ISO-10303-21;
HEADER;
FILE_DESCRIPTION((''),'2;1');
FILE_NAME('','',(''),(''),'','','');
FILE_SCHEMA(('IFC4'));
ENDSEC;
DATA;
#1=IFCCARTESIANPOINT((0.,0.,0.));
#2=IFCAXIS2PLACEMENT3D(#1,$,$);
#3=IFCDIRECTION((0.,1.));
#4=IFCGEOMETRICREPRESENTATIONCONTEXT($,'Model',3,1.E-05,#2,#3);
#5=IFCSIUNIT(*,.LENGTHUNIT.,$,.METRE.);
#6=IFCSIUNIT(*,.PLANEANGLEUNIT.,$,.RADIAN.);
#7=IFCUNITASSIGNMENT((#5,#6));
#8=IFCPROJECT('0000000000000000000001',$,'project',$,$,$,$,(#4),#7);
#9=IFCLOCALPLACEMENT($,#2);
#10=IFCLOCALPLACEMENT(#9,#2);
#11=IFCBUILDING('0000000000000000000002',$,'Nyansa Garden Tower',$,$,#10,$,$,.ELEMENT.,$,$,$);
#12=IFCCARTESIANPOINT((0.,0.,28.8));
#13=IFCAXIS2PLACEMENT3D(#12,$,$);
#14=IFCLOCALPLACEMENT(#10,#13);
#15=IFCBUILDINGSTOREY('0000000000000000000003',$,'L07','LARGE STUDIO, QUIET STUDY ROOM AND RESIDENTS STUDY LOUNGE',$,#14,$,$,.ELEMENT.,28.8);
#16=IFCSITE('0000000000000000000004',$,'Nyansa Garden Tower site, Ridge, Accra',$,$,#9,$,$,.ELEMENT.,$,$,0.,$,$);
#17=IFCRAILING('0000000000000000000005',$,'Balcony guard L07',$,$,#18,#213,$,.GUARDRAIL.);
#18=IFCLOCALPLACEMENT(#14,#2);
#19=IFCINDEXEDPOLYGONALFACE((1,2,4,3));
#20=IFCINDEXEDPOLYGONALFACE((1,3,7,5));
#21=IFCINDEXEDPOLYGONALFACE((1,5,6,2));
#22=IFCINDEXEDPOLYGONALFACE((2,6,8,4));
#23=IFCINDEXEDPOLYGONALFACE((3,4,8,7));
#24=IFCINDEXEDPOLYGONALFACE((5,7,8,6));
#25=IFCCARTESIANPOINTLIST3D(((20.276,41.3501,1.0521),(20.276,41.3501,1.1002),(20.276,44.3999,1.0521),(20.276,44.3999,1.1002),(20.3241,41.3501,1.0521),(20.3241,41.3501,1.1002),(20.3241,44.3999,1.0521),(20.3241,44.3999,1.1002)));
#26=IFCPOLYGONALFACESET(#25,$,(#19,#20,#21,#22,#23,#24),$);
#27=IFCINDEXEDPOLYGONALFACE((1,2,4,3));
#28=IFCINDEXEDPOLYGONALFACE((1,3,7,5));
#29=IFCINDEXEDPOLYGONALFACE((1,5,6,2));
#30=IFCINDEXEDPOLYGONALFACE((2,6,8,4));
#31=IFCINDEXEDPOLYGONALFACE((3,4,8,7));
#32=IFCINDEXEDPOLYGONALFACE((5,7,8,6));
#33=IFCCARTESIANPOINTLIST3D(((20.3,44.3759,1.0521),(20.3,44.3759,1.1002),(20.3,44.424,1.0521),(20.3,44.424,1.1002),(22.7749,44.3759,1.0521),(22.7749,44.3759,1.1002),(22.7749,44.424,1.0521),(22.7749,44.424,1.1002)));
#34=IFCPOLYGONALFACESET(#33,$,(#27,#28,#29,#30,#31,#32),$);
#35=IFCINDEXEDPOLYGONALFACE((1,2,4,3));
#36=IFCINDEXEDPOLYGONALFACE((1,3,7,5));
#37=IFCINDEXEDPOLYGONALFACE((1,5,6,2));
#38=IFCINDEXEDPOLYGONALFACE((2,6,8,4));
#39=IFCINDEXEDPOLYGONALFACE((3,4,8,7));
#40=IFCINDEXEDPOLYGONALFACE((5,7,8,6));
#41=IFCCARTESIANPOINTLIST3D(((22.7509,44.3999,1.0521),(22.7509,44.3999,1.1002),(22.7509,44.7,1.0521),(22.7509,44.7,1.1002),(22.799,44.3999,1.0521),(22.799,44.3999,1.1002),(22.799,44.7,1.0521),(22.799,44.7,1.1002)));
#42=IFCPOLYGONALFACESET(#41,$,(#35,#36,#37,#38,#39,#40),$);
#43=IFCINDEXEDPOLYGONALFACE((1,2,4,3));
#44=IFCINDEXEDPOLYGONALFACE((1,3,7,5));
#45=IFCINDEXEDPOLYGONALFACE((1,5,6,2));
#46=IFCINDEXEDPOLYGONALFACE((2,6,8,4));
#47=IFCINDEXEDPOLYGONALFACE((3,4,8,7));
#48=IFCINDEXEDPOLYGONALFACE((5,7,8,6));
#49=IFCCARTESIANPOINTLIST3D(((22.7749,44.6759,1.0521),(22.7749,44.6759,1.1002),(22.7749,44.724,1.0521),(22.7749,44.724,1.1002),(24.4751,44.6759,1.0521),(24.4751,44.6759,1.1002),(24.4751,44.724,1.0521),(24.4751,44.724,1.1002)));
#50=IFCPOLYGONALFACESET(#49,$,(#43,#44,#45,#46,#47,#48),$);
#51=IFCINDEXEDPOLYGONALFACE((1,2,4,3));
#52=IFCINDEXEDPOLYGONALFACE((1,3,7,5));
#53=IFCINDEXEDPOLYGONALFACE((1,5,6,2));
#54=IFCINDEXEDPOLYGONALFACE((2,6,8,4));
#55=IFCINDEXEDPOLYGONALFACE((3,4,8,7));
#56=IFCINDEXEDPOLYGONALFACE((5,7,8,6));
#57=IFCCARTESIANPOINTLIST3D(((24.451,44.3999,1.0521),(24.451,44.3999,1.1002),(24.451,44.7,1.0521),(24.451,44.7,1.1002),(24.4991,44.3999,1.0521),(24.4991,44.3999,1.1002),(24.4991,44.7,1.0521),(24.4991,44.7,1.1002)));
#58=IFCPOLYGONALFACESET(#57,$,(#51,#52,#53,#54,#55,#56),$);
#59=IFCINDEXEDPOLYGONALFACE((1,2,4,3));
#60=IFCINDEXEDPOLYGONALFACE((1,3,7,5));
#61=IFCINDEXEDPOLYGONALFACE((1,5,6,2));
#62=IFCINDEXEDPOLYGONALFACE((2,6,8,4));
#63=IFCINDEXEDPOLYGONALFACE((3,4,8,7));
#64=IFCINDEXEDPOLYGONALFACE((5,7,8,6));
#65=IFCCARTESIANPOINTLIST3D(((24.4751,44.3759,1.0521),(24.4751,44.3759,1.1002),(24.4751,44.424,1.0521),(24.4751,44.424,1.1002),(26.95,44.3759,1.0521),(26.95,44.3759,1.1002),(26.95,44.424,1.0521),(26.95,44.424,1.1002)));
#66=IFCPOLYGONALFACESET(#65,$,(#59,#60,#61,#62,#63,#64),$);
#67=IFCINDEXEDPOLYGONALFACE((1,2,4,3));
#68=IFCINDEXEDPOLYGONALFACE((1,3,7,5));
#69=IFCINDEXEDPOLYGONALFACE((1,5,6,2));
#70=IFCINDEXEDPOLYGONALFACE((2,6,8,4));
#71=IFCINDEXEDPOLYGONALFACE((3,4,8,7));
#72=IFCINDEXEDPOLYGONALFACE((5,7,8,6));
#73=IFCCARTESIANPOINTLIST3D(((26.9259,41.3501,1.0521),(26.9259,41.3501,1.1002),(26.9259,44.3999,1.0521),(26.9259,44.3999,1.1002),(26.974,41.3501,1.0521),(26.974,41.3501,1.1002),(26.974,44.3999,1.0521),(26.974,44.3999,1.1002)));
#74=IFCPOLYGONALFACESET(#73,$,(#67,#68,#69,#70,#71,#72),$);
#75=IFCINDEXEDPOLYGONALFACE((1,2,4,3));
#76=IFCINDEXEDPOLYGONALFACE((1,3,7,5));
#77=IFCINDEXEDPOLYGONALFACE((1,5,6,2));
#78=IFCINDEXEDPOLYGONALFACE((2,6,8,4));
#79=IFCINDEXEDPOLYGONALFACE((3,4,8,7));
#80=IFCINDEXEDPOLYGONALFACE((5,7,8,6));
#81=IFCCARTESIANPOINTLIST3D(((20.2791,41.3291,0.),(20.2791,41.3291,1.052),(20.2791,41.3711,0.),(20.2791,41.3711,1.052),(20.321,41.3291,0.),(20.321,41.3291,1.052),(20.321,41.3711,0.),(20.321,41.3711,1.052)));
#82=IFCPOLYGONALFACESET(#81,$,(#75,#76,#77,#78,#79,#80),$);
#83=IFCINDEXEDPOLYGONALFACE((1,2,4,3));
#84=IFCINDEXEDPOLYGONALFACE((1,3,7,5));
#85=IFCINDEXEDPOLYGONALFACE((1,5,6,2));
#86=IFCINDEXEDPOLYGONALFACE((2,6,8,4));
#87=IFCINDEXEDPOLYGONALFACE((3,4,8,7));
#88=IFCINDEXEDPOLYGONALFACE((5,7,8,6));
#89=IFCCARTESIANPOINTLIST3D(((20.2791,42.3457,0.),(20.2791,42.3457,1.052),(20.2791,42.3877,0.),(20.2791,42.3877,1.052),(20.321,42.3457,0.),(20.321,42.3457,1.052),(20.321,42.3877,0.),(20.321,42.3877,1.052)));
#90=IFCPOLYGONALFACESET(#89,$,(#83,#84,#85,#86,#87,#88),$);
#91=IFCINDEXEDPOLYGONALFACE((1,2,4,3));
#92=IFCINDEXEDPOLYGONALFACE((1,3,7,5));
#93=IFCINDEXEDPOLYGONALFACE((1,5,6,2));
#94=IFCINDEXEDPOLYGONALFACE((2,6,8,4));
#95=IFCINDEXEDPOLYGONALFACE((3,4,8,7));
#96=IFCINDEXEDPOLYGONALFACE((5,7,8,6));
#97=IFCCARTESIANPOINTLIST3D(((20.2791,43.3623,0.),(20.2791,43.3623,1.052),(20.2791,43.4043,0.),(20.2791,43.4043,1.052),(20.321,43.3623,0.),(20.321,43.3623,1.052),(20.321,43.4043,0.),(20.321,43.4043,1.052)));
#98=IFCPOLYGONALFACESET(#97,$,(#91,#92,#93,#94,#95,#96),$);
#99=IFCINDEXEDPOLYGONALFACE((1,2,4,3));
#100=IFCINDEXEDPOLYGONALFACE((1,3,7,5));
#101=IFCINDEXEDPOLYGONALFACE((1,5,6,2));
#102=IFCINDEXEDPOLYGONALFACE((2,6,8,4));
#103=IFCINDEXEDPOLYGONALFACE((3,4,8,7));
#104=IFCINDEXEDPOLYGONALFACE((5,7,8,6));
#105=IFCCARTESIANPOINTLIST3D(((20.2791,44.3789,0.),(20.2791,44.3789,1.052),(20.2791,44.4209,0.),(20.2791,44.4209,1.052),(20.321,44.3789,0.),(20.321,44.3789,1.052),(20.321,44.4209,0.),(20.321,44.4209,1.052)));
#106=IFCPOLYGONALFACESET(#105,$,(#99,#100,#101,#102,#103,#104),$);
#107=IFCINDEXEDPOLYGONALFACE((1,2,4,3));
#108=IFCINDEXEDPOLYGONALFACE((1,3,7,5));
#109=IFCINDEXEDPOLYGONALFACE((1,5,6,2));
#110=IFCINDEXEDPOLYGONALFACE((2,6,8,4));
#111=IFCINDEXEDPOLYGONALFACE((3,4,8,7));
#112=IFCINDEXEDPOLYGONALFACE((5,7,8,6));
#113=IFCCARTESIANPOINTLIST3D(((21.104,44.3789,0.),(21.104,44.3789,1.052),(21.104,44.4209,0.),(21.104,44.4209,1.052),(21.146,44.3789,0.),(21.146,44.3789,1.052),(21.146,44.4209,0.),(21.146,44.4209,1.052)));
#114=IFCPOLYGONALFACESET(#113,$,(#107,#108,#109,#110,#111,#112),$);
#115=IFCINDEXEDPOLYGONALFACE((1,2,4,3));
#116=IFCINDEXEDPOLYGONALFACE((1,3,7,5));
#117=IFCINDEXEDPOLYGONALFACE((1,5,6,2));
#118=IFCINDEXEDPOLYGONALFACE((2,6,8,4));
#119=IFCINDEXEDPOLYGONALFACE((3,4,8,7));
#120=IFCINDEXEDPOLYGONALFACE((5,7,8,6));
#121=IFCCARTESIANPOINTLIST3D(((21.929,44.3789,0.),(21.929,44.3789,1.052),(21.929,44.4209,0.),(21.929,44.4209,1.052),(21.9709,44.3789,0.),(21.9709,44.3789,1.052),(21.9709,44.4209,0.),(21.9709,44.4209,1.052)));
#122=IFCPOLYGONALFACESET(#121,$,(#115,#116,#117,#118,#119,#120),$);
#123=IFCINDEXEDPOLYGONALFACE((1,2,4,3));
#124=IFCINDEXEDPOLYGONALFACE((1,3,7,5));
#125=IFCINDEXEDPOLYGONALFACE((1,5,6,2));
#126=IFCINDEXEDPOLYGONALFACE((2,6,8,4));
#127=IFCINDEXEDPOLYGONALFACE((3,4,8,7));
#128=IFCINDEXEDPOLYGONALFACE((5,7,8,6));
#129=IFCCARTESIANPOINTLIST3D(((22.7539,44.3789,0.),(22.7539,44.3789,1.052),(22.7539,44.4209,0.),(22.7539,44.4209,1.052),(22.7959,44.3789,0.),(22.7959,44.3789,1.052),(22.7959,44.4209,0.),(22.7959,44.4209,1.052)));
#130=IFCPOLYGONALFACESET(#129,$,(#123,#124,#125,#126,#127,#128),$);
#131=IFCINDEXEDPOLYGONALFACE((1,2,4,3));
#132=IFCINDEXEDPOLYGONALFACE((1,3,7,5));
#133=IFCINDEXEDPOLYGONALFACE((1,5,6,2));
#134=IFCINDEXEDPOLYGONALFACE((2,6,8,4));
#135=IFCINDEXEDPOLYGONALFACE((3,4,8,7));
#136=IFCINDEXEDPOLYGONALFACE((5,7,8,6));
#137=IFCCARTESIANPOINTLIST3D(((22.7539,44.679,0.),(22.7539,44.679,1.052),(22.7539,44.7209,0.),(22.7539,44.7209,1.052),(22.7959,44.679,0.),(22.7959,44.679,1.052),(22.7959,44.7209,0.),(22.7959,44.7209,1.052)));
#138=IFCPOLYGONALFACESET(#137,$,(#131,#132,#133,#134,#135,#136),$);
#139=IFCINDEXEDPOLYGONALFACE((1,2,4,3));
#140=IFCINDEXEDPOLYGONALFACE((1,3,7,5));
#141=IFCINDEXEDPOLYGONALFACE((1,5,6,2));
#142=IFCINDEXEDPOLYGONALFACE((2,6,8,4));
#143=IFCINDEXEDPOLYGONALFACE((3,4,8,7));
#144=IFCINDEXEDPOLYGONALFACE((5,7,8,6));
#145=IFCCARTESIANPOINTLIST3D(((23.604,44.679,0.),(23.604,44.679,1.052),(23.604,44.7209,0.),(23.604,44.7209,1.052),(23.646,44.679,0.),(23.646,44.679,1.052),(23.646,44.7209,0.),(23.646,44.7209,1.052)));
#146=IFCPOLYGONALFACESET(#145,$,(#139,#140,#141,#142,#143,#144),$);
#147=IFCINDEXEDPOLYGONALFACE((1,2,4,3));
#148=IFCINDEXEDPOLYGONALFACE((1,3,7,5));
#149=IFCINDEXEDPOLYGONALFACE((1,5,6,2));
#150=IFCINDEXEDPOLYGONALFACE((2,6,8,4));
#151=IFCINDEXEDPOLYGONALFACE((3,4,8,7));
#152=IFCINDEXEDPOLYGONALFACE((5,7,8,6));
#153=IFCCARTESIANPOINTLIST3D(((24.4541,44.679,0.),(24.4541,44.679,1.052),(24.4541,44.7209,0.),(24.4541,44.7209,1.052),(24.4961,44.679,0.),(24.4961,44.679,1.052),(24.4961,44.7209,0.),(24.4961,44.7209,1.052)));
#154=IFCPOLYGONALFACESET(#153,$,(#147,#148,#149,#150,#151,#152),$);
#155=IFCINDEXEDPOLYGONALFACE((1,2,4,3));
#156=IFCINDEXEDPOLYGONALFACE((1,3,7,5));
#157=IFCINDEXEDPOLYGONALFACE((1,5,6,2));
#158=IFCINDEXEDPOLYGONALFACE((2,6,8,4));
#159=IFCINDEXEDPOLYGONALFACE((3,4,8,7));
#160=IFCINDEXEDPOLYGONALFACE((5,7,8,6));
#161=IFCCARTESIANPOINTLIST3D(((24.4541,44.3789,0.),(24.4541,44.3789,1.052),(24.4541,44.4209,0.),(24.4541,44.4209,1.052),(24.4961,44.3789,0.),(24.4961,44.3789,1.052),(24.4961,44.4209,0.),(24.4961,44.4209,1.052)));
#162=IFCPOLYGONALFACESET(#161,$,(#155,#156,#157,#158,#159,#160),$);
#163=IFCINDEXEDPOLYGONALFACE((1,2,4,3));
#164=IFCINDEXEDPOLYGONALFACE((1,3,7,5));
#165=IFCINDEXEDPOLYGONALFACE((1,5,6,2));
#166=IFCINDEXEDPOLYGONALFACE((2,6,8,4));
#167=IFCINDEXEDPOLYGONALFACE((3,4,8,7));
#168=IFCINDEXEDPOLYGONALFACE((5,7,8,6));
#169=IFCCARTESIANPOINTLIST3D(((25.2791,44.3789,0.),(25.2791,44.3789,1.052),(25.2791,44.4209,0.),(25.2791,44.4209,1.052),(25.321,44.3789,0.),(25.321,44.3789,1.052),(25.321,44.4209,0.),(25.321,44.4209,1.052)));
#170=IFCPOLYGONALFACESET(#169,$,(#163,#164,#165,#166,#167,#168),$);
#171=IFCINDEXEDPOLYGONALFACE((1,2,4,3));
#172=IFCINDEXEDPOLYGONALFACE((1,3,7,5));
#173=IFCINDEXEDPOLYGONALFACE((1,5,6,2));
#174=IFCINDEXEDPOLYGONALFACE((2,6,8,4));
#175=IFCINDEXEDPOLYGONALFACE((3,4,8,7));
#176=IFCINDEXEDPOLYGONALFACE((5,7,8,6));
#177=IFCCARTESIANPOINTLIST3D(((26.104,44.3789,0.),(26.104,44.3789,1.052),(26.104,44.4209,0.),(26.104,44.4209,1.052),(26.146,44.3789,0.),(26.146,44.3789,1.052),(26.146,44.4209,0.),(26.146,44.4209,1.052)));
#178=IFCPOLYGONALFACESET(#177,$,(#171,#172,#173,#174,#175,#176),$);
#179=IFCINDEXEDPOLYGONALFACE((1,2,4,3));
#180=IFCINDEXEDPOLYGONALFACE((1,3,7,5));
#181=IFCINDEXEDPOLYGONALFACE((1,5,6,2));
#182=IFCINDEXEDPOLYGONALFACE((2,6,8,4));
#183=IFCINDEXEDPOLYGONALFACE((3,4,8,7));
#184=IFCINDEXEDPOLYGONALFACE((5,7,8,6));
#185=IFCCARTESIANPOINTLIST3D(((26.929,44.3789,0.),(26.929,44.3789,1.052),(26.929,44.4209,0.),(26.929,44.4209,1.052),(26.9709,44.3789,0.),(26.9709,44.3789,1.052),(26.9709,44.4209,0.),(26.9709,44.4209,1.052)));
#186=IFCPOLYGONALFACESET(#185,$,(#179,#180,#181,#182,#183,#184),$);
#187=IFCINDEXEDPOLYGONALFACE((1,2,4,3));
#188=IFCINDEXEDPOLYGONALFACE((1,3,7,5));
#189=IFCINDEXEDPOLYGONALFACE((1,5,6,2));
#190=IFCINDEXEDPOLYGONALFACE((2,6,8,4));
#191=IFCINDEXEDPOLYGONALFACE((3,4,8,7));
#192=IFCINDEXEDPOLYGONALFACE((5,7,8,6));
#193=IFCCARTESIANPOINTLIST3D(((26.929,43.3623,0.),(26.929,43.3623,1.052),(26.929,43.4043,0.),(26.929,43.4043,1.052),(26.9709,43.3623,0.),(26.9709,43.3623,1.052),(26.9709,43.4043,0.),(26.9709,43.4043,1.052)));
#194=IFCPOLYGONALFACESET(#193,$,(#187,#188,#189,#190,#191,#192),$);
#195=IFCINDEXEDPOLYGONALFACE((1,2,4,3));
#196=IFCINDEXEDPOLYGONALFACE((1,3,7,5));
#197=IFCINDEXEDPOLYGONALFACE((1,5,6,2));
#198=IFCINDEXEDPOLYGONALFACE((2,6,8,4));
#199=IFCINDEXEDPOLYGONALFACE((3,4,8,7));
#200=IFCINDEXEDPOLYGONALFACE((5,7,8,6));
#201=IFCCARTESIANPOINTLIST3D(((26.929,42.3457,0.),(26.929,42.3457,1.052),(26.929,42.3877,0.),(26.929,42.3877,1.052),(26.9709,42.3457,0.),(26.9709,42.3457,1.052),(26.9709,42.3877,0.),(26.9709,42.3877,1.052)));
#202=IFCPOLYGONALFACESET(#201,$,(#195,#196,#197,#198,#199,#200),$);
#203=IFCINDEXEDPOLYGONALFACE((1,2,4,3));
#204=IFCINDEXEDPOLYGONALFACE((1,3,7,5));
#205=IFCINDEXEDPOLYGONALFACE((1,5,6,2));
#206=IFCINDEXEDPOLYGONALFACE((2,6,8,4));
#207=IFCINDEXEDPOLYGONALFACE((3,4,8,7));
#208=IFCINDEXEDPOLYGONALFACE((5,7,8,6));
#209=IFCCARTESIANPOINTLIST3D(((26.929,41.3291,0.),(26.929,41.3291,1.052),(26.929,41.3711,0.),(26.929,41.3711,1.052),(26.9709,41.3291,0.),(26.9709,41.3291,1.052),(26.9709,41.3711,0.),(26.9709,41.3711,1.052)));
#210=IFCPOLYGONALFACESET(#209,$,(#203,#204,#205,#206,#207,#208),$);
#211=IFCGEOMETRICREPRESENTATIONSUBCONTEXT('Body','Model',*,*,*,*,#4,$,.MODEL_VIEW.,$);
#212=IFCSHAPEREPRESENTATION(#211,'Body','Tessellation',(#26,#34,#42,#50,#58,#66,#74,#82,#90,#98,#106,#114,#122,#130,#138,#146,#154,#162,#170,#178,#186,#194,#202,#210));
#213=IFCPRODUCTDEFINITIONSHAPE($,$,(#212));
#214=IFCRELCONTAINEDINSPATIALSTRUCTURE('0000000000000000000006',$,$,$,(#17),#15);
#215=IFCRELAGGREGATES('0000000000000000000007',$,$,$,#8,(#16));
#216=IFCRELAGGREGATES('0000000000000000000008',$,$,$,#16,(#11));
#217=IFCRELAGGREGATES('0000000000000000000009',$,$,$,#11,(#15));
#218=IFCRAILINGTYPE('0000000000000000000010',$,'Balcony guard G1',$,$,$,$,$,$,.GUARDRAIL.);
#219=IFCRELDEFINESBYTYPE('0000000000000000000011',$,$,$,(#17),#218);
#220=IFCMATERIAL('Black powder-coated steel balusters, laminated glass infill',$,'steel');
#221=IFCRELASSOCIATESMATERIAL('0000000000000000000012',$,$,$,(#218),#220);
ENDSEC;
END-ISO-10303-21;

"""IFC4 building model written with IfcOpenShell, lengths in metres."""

from ifc_helpers import new_model, si_unit, direction, frame, origin, origin_2d, place, context, subcontext, project, spatial, rectangle, extrude, material, type_object, element, save


model = new_model("IFC4")

# Units and contexts
model_context = context("Model", 3, precision=1e-05, world=origin(), true_north=direction((0.0, 1.0)))
body_context = subcontext(model_context, "Body", "Model", "MODEL_VIEW")
ifc_project = project(units=[si_unit("LENGTHUNIT", "METRE"), si_unit("PLANEANGLEUNIT", "RADIAN")], contexts=[model_context])

# Site, building, storey
site_placement = place(None, origin())
site = spatial("IfcSite", under=ifc_project, at=site_placement, Name="Nyansa Garden Tower site, Ridge, Accra", CompositionType="ELEMENT", RefElevation=0.0)
building_placement = place(site_placement, origin())
building = spatial("IfcBuilding", under=site, at=building_placement, Name="Nyansa Garden Tower", CompositionType="ELEMENT")
storey_placement = place(building_placement, frame((0.0, 0.0, 28.8)))
storey = spatial("IfcBuildingStorey", under=building, at=storey_placement, Name="L07", Description="LARGE STUDIO, QUIET STUDY ROOM AND RESIDENTS STUDY LOUNGE", CompositionType="ELEMENT", Elevation=28.8)

# Railing
ifc_material_1 = material(Name="Black powder-coated steel balusters, laminated glass infill", Category="steel")
railing_type = type_object("IfcRailingType", Name="Balcony guard G1", PredefinedType="GUARDRAIL", material=ifc_material_1)
railing_placement = place(storey_placement, frame((20.3, 41.3501, 0.0)))
element("IfcRailing", 1, at=railing_placement, inside=storey, type_object=railing_type, Name="Balcony guard L07", PredefinedType="GUARDRAIL", context=body_context, shape_type="SweptSolid", body=[
    extrude(rectangle(XDim=0.0481, YDim=0.0481, at=origin_2d()), frame((0.0, 0.0, 1.0762), z_axis=(0.0, 1.0, 0.0), x_axis=(-1.0, 0.0, 0.0)), (0.0, 0.0, 1.0), 3.0498),
    extrude(rectangle(XDim=0.0481, YDim=0.0481, at=origin_2d()), frame((0.0, 3.0498, 1.0762), z_axis=(1.0, 0.0, 0.0), x_axis=(0.0, 1.0, 0.0)), (0.0, 0.0, 1.0), 2.4749),
    extrude(rectangle(XDim=0.0481, YDim=0.0481, at=origin_2d()), frame((2.4749, 3.0498, 1.0762), z_axis=(0.0, 1.0, 0.0), x_axis=(-1.0, 0.0, 0.0)), (0.0, 0.0, 1.0), 0.3),
    extrude(rectangle(XDim=0.0481, YDim=0.0481, at=origin_2d()), frame((2.4749, 3.3499, 1.0762), z_axis=(1.0, 0.0, 0.0), x_axis=(0.0, 1.0, 0.0)), (0.0, 0.0, 1.0), 1.7002),
    extrude(rectangle(XDim=0.0481, YDim=0.0481, at=origin_2d()), frame((4.175, 3.3499, 1.0762), z_axis=(0.0, -1.0, 0.0), x_axis=(1.0, 0.0, 0.0)), (0.0, 0.0, 1.0), 0.3),
    extrude(rectangle(XDim=0.0481, YDim=0.0481, at=origin_2d()), frame((4.175, 3.0498, 1.0762), z_axis=(1.0, 0.0, 0.0), x_axis=(0.0, 1.0, 0.0)), (0.0, 0.0, 1.0), 2.4749),
    extrude(rectangle(XDim=0.0481, YDim=0.0481, at=origin_2d()), frame((6.6499, 3.0498, 1.0762), z_axis=(0.0, -1.0, 0.0), x_axis=(1.0, 0.0, 0.0)), (0.0, 0.0, 1.0), 3.0498),
    extrude(rectangle(XDim=0.042, YDim=0.042, at=origin_2d()), origin(), (0.0, 0.0, 1.0), 1.052),
    extrude(rectangle(XDim=0.042, YDim=0.042, at=origin_2d()), frame((0.0, 1.0166, 0.0)), (0.0, 0.0, 1.0), 1.052),
    extrude(rectangle(XDim=0.042, YDim=0.042, at=origin_2d()), frame((0.0, 2.0332, 0.0)), (0.0, 0.0, 1.0), 1.052),
    extrude(rectangle(XDim=0.042, YDim=0.042, at=origin_2d()), frame((0.0, 3.0498, 0.0)), (0.0, 0.0, 1.0), 1.052),
    extrude(rectangle(XDim=0.042, YDim=0.042, at=origin_2d()), frame((0.825, 3.0498, 0.0)), (0.0, 0.0, 1.0), 1.052),
    extrude(rectangle(XDim=0.042, YDim=0.042, at=origin_2d()), frame((1.6499, 3.0498, 0.0)), (0.0, 0.0, 1.0), 1.052),
    extrude(rectangle(XDim=0.042, YDim=0.042, at=origin_2d()), frame((2.4749, 3.0498, 0.0)), (0.0, 0.0, 1.0), 1.052),
    extrude(rectangle(XDim=0.042, YDim=0.042, at=origin_2d()), frame((2.4749, 3.3499, 0.0)), (0.0, 0.0, 1.0), 1.052),
    extrude(rectangle(XDim=0.042, YDim=0.042, at=origin_2d()), frame((3.325, 3.3499, 0.0)), (0.0, 0.0, 1.0), 1.052),
    extrude(rectangle(XDim=0.042, YDim=0.042, at=origin_2d()), frame((4.175, 3.3499, 0.0)), (0.0, 0.0, 1.0), 1.052),
    extrude(rectangle(XDim=0.042, YDim=0.042, at=origin_2d()), frame((4.175, 3.0498, 0.0)), (0.0, 0.0, 1.0), 1.052),
    extrude(rectangle(XDim=0.042, YDim=0.042, at=origin_2d()), frame((5.0, 3.0498, 0.0)), (0.0, 0.0, 1.0), 1.052),
    extrude(rectangle(XDim=0.042, YDim=0.042, at=origin_2d()), frame((5.825, 3.0498, 0.0)), (0.0, 0.0, 1.0), 1.052),
    extrude(rectangle(XDim=0.042, YDim=0.042, at=origin_2d()), frame((6.6499, 3.0498, 0.0)), (0.0, 0.0, 1.0), 1.052),
    extrude(rectangle(XDim=0.042, YDim=0.042, at=origin_2d()), frame((6.6499, 2.0332, 0.0)), (0.0, 0.0, 1.0), 1.052),
    extrude(rectangle(XDim=0.042, YDim=0.042, at=origin_2d()), frame((6.6499, 1.0166, 0.0)), (0.0, 0.0, 1.0), 1.052),
    extrude(rectangle(XDim=0.042, YDim=0.042, at=origin_2d()), frame((6.6499, 0.0, 0.0)), (0.0, 0.0, 1.0), 1.052),
])

save(model, "model.ifc")
